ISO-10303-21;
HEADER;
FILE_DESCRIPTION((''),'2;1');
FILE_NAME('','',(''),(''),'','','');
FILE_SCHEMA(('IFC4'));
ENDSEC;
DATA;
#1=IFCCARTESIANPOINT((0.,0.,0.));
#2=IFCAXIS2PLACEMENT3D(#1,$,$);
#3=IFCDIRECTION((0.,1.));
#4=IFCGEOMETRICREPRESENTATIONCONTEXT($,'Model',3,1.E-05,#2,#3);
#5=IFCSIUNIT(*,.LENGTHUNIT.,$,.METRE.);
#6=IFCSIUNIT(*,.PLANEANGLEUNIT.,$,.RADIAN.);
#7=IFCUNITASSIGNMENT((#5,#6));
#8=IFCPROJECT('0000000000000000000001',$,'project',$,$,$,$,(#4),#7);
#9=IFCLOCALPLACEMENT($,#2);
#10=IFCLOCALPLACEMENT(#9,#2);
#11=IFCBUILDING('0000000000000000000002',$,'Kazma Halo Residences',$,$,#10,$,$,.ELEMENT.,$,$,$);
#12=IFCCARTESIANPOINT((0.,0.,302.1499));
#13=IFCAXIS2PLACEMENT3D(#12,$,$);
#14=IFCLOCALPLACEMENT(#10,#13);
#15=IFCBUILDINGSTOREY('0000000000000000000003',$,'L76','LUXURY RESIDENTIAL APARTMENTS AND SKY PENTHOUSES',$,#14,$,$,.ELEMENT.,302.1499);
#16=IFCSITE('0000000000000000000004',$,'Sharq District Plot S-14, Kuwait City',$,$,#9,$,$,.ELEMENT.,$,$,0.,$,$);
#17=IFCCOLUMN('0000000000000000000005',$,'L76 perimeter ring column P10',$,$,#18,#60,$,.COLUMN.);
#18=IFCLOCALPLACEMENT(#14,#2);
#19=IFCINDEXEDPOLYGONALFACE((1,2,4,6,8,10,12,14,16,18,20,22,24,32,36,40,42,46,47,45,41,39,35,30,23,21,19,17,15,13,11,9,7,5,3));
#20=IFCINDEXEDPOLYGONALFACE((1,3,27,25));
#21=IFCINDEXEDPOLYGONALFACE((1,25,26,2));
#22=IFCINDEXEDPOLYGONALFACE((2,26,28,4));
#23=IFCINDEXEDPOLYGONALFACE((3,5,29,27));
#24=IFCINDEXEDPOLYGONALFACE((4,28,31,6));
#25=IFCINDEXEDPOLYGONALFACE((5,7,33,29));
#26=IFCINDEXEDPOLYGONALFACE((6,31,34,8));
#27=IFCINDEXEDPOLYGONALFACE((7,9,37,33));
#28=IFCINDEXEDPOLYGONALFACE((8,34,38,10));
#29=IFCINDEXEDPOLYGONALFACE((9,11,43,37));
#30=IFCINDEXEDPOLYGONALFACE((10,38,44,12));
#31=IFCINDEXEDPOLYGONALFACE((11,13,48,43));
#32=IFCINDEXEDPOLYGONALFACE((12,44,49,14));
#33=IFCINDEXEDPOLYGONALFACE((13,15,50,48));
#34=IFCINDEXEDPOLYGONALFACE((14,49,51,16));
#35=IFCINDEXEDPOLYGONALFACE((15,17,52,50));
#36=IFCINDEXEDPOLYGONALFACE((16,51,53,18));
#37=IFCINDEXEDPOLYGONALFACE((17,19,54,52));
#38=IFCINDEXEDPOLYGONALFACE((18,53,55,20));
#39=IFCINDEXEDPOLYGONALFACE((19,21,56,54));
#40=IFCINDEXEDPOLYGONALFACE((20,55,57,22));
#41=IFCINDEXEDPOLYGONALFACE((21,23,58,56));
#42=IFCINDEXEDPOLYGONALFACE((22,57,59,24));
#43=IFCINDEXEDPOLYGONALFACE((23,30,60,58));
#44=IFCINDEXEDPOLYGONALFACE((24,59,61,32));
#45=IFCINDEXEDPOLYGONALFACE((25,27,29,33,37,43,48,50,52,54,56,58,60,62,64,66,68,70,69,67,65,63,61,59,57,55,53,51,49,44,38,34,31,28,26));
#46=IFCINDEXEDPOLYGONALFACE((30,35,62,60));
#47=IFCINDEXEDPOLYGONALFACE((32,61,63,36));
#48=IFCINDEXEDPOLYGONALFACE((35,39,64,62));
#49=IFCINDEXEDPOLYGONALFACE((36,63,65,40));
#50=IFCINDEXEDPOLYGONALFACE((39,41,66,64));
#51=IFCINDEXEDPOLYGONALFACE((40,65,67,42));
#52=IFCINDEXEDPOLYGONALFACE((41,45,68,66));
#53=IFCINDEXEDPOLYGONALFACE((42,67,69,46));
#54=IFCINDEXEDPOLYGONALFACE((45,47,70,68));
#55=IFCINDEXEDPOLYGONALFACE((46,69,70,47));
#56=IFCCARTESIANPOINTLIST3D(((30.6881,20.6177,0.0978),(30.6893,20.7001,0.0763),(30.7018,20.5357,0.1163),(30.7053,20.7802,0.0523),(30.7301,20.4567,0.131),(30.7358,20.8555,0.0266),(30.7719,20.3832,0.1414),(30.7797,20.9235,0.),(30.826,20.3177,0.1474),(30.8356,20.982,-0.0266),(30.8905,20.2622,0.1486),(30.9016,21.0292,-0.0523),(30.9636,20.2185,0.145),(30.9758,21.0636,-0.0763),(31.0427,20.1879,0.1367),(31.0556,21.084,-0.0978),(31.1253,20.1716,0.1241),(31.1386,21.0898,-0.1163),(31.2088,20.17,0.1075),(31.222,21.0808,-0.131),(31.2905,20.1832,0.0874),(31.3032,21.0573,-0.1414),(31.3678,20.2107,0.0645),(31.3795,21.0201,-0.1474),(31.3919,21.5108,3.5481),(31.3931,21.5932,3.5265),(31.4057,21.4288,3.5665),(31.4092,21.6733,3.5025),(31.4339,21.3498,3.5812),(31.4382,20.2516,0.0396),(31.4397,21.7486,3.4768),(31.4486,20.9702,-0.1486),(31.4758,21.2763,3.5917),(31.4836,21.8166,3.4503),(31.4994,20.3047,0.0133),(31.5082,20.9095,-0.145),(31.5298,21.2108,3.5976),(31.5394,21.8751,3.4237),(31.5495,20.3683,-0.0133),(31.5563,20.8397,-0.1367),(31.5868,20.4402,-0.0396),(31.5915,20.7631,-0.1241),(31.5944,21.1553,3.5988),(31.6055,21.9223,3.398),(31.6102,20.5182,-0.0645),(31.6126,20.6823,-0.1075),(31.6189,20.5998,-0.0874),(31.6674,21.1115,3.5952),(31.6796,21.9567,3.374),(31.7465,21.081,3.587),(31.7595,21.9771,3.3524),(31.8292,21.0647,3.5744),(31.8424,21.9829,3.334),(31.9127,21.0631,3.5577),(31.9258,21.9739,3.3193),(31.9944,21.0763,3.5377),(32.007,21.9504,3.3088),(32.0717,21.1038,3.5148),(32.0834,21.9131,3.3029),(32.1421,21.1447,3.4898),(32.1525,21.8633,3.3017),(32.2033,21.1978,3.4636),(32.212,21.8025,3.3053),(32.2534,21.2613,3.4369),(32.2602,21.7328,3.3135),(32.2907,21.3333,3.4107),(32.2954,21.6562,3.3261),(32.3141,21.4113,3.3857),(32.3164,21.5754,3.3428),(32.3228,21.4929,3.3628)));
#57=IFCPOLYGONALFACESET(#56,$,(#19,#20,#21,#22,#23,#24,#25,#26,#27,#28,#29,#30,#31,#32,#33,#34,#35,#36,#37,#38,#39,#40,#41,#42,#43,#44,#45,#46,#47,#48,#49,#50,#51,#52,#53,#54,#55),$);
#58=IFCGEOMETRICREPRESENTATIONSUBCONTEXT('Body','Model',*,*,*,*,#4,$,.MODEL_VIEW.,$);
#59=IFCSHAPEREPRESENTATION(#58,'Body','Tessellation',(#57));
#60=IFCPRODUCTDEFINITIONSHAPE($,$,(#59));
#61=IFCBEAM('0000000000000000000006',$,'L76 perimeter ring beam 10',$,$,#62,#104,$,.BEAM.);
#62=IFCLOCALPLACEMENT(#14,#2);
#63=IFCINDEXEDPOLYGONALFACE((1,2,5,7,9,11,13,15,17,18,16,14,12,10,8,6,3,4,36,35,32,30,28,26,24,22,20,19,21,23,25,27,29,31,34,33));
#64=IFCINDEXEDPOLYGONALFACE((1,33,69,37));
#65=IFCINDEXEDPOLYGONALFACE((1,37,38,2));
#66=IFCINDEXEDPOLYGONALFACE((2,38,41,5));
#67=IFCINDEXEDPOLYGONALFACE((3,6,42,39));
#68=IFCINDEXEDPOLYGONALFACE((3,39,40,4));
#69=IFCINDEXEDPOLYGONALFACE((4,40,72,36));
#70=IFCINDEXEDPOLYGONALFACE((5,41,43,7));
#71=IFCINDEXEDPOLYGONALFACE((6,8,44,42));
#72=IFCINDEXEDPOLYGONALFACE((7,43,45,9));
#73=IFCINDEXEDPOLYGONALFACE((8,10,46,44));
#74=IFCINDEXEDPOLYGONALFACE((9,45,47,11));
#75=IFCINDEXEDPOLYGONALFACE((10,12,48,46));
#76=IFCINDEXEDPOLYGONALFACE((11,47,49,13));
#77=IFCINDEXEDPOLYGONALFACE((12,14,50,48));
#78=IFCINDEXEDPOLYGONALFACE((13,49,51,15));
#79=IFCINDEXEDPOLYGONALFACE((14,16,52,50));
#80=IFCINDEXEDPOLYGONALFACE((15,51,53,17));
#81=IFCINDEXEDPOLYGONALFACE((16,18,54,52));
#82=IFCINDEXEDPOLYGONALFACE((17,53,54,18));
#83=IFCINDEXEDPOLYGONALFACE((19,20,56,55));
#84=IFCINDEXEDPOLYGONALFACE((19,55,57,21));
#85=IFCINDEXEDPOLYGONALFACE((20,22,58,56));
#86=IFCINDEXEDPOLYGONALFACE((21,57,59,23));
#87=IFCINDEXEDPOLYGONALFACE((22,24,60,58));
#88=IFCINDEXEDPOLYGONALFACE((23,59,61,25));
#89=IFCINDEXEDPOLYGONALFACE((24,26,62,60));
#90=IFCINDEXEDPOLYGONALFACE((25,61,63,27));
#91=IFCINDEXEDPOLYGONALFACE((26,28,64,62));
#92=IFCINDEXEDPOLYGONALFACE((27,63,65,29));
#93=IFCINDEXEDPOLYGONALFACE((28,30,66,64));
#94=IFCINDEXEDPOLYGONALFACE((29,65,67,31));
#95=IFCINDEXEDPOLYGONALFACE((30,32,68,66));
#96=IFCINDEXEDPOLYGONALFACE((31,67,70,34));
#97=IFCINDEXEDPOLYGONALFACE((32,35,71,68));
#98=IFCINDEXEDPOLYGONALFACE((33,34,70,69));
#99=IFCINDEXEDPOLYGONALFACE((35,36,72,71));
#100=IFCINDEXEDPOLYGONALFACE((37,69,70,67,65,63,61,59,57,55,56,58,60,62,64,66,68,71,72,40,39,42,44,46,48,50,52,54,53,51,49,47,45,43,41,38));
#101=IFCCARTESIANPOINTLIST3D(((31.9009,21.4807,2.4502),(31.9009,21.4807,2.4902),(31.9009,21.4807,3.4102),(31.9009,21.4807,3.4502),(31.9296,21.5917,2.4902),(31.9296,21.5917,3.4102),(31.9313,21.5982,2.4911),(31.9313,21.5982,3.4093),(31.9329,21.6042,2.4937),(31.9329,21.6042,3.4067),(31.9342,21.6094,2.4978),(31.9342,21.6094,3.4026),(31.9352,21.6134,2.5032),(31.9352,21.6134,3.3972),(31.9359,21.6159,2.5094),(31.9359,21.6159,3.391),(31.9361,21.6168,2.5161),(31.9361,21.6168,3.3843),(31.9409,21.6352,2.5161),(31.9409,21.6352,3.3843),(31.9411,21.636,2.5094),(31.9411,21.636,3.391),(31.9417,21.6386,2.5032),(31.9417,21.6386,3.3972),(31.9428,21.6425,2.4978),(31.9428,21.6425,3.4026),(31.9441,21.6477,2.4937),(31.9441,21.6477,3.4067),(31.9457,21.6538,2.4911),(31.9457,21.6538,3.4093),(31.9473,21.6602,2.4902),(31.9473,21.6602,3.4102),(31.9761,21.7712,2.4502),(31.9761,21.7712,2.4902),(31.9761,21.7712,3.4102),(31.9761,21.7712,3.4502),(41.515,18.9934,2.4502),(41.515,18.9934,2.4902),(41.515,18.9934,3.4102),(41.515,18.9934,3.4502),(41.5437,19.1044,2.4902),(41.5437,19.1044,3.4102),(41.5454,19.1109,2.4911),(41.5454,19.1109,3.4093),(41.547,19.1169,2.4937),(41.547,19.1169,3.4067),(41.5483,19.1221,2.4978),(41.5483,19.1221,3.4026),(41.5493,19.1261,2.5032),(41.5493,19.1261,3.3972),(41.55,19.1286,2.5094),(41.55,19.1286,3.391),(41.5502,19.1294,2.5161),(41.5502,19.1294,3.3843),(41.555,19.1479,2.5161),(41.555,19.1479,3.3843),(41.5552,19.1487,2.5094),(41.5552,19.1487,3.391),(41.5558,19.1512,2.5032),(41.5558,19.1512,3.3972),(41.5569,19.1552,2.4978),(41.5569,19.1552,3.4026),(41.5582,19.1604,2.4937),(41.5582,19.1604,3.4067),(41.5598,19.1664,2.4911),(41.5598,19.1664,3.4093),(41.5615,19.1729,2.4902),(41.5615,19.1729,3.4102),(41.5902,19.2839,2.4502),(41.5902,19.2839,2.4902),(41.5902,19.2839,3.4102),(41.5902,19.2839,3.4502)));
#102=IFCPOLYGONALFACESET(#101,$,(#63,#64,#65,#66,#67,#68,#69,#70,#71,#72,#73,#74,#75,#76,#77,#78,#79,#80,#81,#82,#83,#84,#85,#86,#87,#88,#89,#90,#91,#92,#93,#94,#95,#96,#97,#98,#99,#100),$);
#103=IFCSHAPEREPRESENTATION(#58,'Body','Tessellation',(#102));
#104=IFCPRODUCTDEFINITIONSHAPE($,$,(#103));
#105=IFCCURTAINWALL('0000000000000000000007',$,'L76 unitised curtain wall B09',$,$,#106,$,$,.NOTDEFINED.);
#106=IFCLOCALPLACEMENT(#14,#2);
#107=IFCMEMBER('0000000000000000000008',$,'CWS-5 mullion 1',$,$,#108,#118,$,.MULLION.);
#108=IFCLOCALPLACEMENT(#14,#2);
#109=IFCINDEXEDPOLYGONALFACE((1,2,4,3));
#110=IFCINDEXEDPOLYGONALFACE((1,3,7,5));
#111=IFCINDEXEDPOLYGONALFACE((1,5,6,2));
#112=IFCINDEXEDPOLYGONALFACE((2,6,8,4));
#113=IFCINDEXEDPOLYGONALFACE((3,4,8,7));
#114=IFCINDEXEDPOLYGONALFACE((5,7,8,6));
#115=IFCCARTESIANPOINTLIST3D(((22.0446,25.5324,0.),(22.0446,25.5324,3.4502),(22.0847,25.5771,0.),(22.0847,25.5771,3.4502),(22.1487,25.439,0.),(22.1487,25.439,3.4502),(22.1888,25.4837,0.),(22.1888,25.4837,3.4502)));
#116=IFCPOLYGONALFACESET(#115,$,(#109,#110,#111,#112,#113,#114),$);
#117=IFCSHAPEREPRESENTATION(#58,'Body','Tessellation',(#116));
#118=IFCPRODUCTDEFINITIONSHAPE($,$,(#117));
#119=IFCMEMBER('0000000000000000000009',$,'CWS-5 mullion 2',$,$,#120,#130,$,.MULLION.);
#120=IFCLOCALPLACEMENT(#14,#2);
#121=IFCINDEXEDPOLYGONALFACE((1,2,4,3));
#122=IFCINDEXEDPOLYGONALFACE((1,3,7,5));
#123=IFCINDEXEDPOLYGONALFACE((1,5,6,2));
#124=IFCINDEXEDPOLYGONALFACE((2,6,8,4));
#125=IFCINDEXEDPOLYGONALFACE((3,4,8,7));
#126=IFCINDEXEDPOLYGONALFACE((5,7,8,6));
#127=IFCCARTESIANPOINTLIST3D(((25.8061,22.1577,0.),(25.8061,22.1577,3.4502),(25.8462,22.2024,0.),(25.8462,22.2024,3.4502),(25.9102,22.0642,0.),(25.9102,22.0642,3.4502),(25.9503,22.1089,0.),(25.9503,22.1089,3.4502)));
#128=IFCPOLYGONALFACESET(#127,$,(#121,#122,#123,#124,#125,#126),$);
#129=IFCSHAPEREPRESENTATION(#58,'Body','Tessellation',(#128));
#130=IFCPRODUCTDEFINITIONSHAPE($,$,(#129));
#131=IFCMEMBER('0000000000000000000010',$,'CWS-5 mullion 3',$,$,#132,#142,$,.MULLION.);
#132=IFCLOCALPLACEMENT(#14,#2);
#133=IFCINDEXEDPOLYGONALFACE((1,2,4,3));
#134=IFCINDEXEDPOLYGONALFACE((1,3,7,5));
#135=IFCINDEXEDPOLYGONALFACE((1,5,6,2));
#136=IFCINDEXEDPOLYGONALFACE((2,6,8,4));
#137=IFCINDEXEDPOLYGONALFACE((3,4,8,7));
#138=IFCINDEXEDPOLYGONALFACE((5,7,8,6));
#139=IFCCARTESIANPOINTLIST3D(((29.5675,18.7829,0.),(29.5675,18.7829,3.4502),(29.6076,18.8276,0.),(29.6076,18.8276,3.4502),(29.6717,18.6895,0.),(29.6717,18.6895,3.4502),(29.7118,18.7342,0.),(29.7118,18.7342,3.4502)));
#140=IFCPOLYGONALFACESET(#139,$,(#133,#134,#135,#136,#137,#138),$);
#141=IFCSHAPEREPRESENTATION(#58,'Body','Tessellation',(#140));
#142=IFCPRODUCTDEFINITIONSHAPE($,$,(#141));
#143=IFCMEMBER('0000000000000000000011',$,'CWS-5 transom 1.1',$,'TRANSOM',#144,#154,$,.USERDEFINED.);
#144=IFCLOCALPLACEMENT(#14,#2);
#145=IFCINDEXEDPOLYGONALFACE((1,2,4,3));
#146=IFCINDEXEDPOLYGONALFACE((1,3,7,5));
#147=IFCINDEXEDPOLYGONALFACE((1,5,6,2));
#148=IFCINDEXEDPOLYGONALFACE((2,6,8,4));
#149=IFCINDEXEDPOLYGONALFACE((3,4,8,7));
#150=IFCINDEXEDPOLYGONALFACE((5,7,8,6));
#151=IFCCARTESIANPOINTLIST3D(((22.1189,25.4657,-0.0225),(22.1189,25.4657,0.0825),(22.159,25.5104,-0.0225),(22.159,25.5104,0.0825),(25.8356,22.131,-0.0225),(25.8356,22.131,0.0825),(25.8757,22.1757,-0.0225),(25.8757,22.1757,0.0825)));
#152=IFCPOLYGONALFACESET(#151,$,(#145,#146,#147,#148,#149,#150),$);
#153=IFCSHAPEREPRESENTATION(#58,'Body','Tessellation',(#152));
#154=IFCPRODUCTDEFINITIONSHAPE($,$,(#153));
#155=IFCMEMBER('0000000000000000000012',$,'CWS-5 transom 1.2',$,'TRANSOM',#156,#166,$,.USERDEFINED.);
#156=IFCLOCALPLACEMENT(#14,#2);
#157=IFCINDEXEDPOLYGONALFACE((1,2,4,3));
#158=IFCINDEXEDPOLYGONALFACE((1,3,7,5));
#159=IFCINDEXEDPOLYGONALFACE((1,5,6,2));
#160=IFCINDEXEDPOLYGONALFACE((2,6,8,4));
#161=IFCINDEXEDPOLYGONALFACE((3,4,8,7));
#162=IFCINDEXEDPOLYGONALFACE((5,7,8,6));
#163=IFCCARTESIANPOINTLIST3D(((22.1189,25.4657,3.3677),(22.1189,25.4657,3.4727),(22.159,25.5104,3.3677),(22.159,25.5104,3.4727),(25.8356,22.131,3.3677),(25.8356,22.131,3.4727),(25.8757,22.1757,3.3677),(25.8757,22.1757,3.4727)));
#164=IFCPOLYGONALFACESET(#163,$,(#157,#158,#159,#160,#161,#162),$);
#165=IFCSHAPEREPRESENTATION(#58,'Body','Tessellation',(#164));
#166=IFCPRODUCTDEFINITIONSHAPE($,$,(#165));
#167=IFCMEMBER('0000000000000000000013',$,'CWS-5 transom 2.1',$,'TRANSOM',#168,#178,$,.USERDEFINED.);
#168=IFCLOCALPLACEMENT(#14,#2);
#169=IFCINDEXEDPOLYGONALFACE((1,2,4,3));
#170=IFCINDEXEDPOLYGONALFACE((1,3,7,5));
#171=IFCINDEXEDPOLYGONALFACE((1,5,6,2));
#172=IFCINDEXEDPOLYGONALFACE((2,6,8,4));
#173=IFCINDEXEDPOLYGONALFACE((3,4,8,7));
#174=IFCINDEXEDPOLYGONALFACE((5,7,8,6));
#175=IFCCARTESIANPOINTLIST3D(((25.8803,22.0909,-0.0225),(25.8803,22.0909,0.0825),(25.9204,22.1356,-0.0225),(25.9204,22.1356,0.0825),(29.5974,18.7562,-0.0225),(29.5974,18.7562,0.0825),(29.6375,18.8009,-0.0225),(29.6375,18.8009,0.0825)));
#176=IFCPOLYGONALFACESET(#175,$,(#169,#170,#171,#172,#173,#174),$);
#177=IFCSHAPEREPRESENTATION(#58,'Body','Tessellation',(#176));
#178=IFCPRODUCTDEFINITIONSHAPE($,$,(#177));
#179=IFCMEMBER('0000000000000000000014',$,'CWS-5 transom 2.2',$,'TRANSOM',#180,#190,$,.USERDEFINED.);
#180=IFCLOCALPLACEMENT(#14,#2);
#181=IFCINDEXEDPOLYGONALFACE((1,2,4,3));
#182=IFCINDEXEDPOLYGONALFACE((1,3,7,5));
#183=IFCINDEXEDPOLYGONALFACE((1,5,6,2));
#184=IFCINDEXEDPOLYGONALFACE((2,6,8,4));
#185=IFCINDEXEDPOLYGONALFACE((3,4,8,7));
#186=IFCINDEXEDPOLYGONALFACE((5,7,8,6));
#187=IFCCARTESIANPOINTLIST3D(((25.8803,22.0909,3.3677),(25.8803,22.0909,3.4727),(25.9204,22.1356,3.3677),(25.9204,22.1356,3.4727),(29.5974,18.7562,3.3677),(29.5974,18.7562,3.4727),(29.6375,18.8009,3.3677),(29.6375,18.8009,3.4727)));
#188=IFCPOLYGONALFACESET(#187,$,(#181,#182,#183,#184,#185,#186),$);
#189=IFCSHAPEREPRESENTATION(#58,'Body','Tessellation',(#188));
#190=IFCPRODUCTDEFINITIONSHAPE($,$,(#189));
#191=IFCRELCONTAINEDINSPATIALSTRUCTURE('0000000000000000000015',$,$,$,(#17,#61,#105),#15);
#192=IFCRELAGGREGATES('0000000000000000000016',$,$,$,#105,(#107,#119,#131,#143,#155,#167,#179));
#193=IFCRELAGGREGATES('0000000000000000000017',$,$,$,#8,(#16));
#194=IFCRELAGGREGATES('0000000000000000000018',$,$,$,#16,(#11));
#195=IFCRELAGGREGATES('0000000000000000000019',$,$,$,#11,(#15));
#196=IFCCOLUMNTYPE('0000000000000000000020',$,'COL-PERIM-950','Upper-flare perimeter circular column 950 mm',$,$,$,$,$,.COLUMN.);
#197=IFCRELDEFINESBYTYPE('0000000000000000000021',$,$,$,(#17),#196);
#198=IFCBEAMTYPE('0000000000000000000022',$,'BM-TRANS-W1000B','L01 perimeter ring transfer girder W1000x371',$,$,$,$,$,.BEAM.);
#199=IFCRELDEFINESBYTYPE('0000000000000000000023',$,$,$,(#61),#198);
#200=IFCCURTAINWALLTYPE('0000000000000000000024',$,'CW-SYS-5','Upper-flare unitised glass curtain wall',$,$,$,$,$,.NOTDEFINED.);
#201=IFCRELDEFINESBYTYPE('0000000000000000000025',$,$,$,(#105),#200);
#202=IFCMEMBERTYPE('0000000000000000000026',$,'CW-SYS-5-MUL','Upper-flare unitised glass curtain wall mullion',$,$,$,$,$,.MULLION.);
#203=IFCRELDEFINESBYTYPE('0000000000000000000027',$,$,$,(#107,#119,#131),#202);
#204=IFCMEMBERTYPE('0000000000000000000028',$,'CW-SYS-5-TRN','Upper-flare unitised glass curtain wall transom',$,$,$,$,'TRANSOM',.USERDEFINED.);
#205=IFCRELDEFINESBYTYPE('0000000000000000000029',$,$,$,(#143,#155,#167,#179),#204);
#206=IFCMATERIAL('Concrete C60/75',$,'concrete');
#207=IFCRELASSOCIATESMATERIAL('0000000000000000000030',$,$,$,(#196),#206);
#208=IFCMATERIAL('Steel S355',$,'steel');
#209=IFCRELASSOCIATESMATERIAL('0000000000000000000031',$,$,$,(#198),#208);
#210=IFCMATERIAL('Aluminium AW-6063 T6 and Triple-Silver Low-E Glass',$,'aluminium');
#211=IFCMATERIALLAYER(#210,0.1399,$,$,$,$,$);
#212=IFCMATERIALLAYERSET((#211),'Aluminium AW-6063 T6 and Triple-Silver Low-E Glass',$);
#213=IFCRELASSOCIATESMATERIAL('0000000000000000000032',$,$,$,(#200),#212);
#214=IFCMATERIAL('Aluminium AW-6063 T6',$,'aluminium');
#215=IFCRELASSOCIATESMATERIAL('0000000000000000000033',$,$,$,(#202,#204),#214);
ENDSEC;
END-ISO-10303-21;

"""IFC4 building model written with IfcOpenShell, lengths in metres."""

from ifc_helpers import new_model, si_unit, direction, frame, origin, origin_2d, place, context, subcontext, project, spatial, rectangle, circle, i_section, extrude, material, layer, layer_set, material_profile, profile_set, type_object, element, aggregate, save


model = new_model("IFC4")

# Units and contexts
model_context = context("Model", 3, precision=1e-05, world=origin(), true_north=direction((0.0, 1.0)))
body_context = subcontext(model_context, "Body", "Model", "MODEL_VIEW")
ifc_project = project(units=[si_unit("LENGTHUNIT", "METRE"), si_unit("PLANEANGLEUNIT", "RADIAN")], contexts=[model_context])

# Site, building, storey
site_placement = place(None, origin())
site = spatial("IfcSite", under=ifc_project, at=site_placement, Name="Sharq District Plot S-14, Kuwait City", CompositionType="ELEMENT", RefElevation=0.0)
building_placement = place(site_placement, origin())
building = spatial("IfcBuilding", under=site, at=building_placement, Name="Kazma Halo Residences", CompositionType="ELEMENT")
storey_placement = place(building_placement, frame((0.0, 0.0, 302.1499)))
storey = spatial("IfcBuildingStorey", under=building, at=storey_placement, Name="L76", Description="LUXURY RESIDENTIAL APARTMENTS AND SKY PENTHOUSES", CompositionType="ELEMENT", Elevation=302.1499)

# Column
ifc_material_1 = material(Name="Concrete C60/75", Category="concrete")
ifc_material_profile_1 = material_profile(ifc_material_1, circle(Radius=0.4751, at=origin_2d()), Name="CIRC950")
ifc_profile_set_1 = profile_set([ifc_material_profile_1], Name="Concrete C60/75")
column_type = type_object("IfcColumnType", Name="COL-PERIM-950", Description="Upper-flare perimeter circular column 950 mm", PredefinedType="COLUMN", material=ifc_profile_set_1)
column_placement = place(storey_placement, frame((31.1528, 20.6294, 0.0), z_axis=(0.193754, 0.245838, 0.949749), x_axis=(-0.785394, 0.618997, 0.0)))
element("IfcColumn", 1, at=column_placement, inside=storey, type_object=column_type, Name="L76 perimeter ring column P10", PredefinedType="COLUMN", context=body_context, shape_type="SweptSolid", body=[
    extrude(circle(Radius=0.4751, at=origin_2d()), origin(), (0.0, 0.0, 1.0), 3.6328),
])

# Beam
ifc_material_2 = material(Name="Steel S355", Category="steel")
ifc_material_profile_2 = material_profile(ifc_material_2, i_section(OverallWidth=0.3, OverallDepth=1.0, WebThickness=0.019, FlangeThickness=0.04, FilletRadius=0.0259, at=origin_2d()), Name="W1000x371")
ifc_profile_set_2 = profile_set([ifc_material_profile_2], Name="Steel S355")
beam_type = type_object("IfcBeamType", Name="BM-TRANS-W1000B", Description="L01 perimeter ring transfer girder W1000x371", PredefinedType="BEAM", material=ifc_profile_set_2)
beam_placement = place(storey_placement, frame((31.9385, 21.626, 2.9502), z_axis=(0.968124, -0.25047, 0.0), x_axis=(0.25047, 0.968124, 0.0)))
element("IfcBeam", 2, at=beam_placement, inside=storey, type_object=beam_type, Name="L76 perimeter ring beam 10", PredefinedType="BEAM", context=body_context, shape_type="SweptSolid", body=[
    extrude(i_section(OverallWidth=0.3, OverallDepth=1.0, WebThickness=0.019, FlangeThickness=0.04, FilletRadius=0.0259, at=origin_2d()), origin(), (0.0, 0.0, 1.0), 9.9307),
])

# Curtain wall, members
ifc_material_3 = material(Name="Aluminium AW-6063 T6 and Triple-Silver Low-E Glass", Category="aluminium")
ifc_layer_1 = layer(ifc_material_3, 0.1399)
ifc_layer_set_1 = layer_set([ifc_layer_1], Name="Aluminium AW-6063 T6 and Triple-Silver Low-E Glass")
curtain_wall_type = type_object("IfcCurtainWallType", Name="CW-SYS-5", Description="Upper-flare unitised glass curtain wall", PredefinedType="NOTDEFINED", material=ifc_layer_set_1)
curtain_wall_placement = place(storey_placement, origin())
curtain_wall = element("IfcCurtainWall", 3, at=curtain_wall_placement, inside=storey, type_object=curtain_wall_type, Name="L76 unitised curtain wall B09", PredefinedType="NOTDEFINED")
ifc_material_4 = material(Name="Aluminium AW-6063 T6", Category="aluminium")
ifc_material_profile_3 = material_profile(ifc_material_4, rectangle(XDim=0.0601, YDim=0.1399, at=origin_2d()), Name="CWM-60x140")
ifc_profile_set_3 = profile_set([ifc_material_profile_3], Name="Aluminium AW-6063 T6")
member_type_1 = type_object("IfcMemberType", Name="CW-SYS-5-MUL", Description="Upper-flare unitised glass curtain wall mullion", PredefinedType="MULLION", material=ifc_profile_set_3)
member_1_placement = place(storey_placement, frame((22.1167, 25.5081, 0.0), z_axis=(0.0, 0.0, 1.0), x_axis=(0.667805, 0.744336, 0.0)))
member_1 = element("IfcMember", 4, at=member_1_placement, type_object=member_type_1, Name="CWS-5 mullion 1", PredefinedType="MULLION", context=body_context, shape_type="SweptSolid", body=[
    extrude(rectangle(XDim=0.0601, YDim=0.1399, at=origin_2d()), origin(), (0.0, 0.0, 1.0), 3.4502),
])
member_2_placement = place(storey_placement, frame((25.8782, 22.1333, 0.0), z_axis=(0.0, 0.0, 1.0), x_axis=(0.667805, 0.744336, 0.0)))
member_2 = element("IfcMember", 5, at=member_2_placement, type_object=member_type_1, Name="CWS-5 mullion 2", PredefinedType="MULLION", context=body_context, shape_type="SweptSolid", body=[
    extrude(rectangle(XDim=0.0601, YDim=0.1399, at=origin_2d()), origin(), (0.0, 0.0, 1.0), 3.4502),
])
member_3_placement = place(storey_placement, frame((29.6396, 18.7585, 0.0), z_axis=(0.0, 0.0, 1.0), x_axis=(0.667805, 0.744336, 0.0)))
member_3 = element("IfcMember", 6, at=member_3_placement, type_object=member_type_1, Name="CWS-5 mullion 3", PredefinedType="MULLION", context=body_context, shape_type="SweptSolid", body=[
    extrude(rectangle(XDim=0.0601, YDim=0.1399, at=origin_2d()), origin(), (0.0, 0.0, 1.0), 3.4502),
])
ifc_material_profile_4 = material_profile(ifc_material_4, rectangle(XDim=0.0601, YDim=0.105, at=origin_2d()), Name="CWT-60x105")
ifc_profile_set_4 = profile_set([ifc_material_profile_4], Name="Aluminium AW-6063 T6")
member_type_2 = type_object("IfcMemberType", Name="CW-SYS-5-TRN", Description="Upper-flare unitised glass curtain wall transom", ElementType="TRANSOM", PredefinedType="USERDEFINED", material=ifc_profile_set_4)
member_4_placement = place(storey_placement, frame((22.1389, 25.488, 0.03), z_axis=(0.744329, -0.667813, 0.0), x_axis=(0.667813, 0.744329, 0.0)))
member_4 = element("IfcMember", 7, at=member_4_placement, type_object=member_type_2, Name="CWS-5 transom 1.1", ObjectType="TRANSOM", PredefinedType="USERDEFINED", context=body_context, shape_type="SweptSolid", body=[
    extrude(rectangle(XDim=0.0601, YDim=0.105, at=origin_2d()), origin(), (0.0, 0.0, 1.0), 4.9934),
])
member_5_placement = place(storey_placement, frame((22.1389, 25.488, 3.4202), z_axis=(0.744329, -0.667813, 0.0), x_axis=(0.667813, 0.744329, 0.0)))
member_5 = element("IfcMember", 8, at=member_5_placement, type_object=member_type_2, Name="CWS-5 transom 1.2", ObjectType="TRANSOM", PredefinedType="USERDEFINED", context=body_context, shape_type="SweptSolid", body=[
    extrude(rectangle(XDim=0.0601, YDim=0.105, at=origin_2d()), origin(), (0.0, 0.0, 1.0), 4.9934),
])
member_6_placement = place(storey_placement, frame((25.9004, 22.1133, 0.03), z_axis=(0.744351, -0.667789, 0.0), x_axis=(0.667789, 0.744351, 0.0)))
member_6 = element("IfcMember", 9, at=member_6_placement, type_object=member_type_2, Name="CWS-5 transom 2.1", ObjectType="TRANSOM", PredefinedType="USERDEFINED", context=body_context, shape_type="SweptSolid", body=[
    extrude(rectangle(XDim=0.0601, YDim=0.105, at=origin_2d()), origin(), (0.0, 0.0, 1.0), 4.9937),
])
member_7_placement = place(storey_placement, frame((25.9004, 22.1133, 3.4202), z_axis=(0.744351, -0.667789, 0.0), x_axis=(0.667789, 0.744351, 0.0)))
member_7 = element("IfcMember", 10, at=member_7_placement, type_object=member_type_2, Name="CWS-5 transom 2.2", ObjectType="TRANSOM", PredefinedType="USERDEFINED", context=body_context, shape_type="SweptSolid", body=[
    extrude(rectangle(XDim=0.0601, YDim=0.105, at=origin_2d()), origin(), (0.0, 0.0, 1.0), 4.9937),
])
aggregate(curtain_wall, [member_1, member_2, member_3, member_4, member_5, member_6, member_7])

save(model, "model.ifc")
